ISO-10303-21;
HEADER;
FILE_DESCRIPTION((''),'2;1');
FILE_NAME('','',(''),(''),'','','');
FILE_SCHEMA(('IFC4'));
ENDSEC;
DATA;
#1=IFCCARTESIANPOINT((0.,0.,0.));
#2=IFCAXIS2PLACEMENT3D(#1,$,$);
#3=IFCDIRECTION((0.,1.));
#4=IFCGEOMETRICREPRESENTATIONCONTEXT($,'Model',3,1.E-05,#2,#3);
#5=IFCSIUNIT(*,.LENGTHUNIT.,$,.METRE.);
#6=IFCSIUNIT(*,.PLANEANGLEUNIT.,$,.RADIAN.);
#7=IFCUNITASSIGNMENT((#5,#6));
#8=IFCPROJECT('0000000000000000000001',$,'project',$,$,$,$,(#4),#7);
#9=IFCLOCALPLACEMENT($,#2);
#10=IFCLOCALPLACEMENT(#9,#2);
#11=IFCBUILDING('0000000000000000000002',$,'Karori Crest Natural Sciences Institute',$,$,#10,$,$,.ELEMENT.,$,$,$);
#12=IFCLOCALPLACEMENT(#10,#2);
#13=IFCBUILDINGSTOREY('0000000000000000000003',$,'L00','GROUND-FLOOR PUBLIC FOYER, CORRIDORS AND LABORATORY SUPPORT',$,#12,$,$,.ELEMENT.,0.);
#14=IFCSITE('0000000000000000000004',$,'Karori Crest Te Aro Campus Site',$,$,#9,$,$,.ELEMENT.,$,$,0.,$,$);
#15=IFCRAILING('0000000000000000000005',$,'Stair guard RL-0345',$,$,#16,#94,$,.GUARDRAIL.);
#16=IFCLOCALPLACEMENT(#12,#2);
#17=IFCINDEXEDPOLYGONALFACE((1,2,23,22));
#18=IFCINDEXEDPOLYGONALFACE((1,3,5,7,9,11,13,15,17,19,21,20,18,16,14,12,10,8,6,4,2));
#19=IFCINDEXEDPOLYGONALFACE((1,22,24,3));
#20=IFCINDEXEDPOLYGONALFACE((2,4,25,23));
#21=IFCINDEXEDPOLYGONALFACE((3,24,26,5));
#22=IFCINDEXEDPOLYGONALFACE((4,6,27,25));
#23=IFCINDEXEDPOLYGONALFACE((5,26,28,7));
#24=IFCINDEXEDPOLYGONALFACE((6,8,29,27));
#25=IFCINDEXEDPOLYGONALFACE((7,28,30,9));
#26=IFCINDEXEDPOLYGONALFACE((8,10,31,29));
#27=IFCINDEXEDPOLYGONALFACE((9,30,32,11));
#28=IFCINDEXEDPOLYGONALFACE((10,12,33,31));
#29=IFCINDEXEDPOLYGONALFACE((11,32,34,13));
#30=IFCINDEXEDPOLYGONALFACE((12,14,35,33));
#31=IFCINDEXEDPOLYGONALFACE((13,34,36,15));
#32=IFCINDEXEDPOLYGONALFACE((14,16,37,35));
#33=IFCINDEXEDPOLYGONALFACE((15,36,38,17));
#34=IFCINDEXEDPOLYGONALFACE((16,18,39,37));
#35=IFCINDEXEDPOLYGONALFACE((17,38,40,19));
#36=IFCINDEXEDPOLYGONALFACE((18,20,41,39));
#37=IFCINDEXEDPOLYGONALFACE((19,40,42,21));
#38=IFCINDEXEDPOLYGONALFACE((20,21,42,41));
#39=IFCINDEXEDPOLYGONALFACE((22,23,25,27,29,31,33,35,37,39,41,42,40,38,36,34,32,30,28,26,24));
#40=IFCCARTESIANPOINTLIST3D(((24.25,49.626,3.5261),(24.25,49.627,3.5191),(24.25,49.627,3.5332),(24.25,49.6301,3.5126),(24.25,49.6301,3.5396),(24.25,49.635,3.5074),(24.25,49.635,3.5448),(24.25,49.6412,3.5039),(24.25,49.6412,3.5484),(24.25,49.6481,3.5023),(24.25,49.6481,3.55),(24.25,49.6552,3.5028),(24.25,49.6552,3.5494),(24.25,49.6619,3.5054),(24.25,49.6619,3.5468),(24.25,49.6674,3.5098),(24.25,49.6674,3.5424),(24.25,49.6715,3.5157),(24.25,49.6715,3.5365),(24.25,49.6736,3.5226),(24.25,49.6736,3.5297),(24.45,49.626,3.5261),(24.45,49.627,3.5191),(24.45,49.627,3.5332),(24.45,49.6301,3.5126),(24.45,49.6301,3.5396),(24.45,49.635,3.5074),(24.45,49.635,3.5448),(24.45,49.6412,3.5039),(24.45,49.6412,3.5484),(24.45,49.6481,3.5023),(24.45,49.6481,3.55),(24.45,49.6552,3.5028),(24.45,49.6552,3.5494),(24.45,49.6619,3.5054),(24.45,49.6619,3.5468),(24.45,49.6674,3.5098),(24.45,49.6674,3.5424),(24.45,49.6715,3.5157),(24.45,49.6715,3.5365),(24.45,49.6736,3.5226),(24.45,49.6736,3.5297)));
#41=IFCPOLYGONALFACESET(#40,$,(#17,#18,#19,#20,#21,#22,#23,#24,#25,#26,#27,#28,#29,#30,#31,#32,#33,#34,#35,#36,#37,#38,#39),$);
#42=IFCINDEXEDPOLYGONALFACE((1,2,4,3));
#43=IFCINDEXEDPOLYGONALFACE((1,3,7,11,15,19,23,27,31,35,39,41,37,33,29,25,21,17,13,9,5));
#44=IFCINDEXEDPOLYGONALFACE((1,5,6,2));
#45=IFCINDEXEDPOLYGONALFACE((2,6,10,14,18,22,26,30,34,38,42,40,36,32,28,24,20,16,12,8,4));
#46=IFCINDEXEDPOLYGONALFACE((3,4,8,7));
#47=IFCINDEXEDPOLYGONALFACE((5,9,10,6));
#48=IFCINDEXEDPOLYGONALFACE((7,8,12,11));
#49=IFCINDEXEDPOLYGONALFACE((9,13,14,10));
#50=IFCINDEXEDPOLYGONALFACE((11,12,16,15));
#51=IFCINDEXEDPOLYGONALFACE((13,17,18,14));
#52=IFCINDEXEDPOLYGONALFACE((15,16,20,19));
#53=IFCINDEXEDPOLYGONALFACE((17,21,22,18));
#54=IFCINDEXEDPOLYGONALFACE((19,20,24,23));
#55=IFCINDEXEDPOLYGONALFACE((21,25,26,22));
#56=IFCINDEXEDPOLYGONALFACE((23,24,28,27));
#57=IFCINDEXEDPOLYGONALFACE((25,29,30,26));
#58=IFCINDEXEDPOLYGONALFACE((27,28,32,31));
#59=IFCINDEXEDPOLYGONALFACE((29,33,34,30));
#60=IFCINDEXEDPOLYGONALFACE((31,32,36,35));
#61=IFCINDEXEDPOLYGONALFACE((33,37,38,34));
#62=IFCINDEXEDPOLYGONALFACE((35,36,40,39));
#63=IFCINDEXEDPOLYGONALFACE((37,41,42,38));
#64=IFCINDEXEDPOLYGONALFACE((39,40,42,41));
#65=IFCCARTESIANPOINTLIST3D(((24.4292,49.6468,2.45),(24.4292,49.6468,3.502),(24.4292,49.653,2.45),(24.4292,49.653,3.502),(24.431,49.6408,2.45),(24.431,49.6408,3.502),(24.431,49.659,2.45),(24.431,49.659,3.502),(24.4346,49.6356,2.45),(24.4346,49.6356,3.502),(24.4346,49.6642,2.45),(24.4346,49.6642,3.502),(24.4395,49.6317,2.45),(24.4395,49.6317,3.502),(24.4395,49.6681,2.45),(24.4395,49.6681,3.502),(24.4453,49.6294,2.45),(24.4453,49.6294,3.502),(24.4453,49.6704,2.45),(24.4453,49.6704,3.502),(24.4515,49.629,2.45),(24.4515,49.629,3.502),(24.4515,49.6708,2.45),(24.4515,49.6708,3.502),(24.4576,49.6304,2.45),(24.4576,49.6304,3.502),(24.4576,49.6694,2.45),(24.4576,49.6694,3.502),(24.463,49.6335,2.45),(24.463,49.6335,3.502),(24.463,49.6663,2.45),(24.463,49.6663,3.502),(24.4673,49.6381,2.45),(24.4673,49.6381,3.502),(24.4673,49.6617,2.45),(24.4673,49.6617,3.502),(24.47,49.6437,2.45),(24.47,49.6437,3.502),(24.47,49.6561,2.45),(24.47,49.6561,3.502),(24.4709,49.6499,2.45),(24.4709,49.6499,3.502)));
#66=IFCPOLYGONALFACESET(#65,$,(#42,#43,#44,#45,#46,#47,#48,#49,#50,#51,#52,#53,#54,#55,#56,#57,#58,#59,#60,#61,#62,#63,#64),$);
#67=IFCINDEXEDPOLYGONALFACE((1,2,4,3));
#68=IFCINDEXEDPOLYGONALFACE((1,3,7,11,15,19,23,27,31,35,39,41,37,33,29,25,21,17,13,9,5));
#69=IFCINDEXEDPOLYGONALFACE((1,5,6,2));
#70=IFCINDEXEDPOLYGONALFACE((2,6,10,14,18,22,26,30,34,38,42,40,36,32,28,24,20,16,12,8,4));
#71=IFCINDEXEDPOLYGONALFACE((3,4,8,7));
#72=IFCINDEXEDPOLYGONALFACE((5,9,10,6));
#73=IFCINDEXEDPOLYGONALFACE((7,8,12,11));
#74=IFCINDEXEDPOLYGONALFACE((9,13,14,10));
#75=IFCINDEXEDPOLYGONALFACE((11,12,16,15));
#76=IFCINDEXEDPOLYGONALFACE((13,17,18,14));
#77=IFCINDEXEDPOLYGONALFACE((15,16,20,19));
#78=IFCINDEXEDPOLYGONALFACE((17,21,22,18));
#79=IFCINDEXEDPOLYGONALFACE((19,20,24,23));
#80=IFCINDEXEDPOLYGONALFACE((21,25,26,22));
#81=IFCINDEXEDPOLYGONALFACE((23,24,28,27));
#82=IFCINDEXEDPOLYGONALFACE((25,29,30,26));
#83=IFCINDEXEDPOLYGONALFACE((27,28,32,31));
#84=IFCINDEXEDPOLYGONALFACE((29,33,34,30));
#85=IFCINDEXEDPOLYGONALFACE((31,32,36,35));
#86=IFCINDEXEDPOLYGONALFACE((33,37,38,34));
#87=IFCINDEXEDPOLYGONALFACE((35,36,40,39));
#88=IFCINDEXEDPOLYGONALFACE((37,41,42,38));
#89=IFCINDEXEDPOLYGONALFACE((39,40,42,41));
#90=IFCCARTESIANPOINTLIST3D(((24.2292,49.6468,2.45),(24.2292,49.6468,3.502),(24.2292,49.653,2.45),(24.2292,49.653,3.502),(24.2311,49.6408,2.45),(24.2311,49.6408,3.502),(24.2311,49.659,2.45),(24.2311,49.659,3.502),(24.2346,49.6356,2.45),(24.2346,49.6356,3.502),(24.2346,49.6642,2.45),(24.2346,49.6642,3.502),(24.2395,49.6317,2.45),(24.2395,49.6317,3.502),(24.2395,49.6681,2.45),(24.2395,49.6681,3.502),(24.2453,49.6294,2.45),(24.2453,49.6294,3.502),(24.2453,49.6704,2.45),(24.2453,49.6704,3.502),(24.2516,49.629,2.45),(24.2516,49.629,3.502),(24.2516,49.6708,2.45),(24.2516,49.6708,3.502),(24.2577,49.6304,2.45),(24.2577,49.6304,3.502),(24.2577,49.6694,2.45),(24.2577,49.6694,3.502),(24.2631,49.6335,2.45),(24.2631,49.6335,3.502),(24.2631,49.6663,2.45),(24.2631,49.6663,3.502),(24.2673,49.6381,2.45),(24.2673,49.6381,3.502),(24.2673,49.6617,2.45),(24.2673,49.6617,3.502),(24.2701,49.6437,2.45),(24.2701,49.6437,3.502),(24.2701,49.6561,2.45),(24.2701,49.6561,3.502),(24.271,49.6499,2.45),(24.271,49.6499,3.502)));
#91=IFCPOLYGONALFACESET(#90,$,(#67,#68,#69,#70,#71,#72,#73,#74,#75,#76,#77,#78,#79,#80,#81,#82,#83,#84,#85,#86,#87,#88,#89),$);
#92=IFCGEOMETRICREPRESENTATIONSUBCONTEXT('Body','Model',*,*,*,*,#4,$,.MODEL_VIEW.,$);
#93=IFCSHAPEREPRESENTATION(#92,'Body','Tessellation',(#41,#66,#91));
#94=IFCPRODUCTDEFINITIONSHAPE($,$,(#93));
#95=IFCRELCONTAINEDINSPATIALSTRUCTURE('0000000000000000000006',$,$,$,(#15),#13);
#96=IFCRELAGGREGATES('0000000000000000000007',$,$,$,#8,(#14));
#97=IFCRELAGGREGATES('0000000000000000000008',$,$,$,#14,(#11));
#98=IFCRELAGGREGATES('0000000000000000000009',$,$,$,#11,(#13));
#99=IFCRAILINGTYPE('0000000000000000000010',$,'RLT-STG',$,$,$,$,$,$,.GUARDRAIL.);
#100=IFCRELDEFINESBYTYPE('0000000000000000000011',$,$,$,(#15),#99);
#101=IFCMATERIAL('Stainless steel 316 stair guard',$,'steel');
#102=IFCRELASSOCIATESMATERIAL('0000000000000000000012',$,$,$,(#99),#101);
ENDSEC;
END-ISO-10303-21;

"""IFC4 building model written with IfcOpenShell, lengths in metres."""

from ifc_helpers import new_model, si_unit, direction, frame, origin, origin_2d, place, context, subcontext, project, spatial, circle, extrude, material, type_object, element, save


model = new_model("IFC4")

# Units and contexts
model_context = context("Model", 3, precision=1e-05, world=origin(), true_north=direction((0.0, 1.0)))
body_context = subcontext(model_context, "Body", "Model", "MODEL_VIEW")
ifc_project = project(units=[si_unit("LENGTHUNIT", "METRE"), si_unit("PLANEANGLEUNIT", "RADIAN")], contexts=[model_context])

# Site, building, storey
site_placement = place(None, origin())
site = spatial("IfcSite", under=ifc_project, at=site_placement, Name="Karori Crest Te Aro Campus Site", CompositionType="ELEMENT", RefElevation=0.0)
building_placement = place(site_placement, origin())
building = spatial("IfcBuilding", under=site, at=building_placement, Name="Karori Crest Natural Sciences Institute", CompositionType="ELEMENT")
storey_placement = place(building_placement, origin())
storey = spatial("IfcBuildingStorey", under=building, at=storey_placement, Name="L00", Description="GROUND-FLOOR PUBLIC FOYER, CORRIDORS AND LABORATORY SUPPORT", CompositionType="ELEMENT", Elevation=0.0)

# Railing
ifc_material_1 = material(Name="Stainless steel 316 stair guard", Category="steel")
railing_type_1 = type_object("IfcRailingType", Name="RLT-STG", PredefinedType="GUARDRAIL", material=ifc_material_1)
railing_1_placement = place(storey_placement, frame((24.45, 49.6499, 2.45)))
element("IfcRailing", 1, at=railing_1_placement, inside=storey, type_object=railing_type_1, Name="Stair guard RL-0345", PredefinedType="GUARDRAIL", context=body_context, shape_type="SweptSolid", body=[
    extrude(circle(Radius=0.0239, at=origin_2d()), frame((0.0, 0.0, 1.0762), z_axis=(-1.0, 0.0, 0.0), x_axis=(0.0, -1.0, 0.0)), (0.0, 0.0, 1.0), 0.2),
    extrude(circle(Radius=0.021, at=origin_2d()), origin(), (0.0, 0.0, 1.0), 1.052),
    extrude(circle(Radius=0.021, at=origin_2d()), frame((-0.2, 0.0, 0.0)), (0.0, 0.0, 1.0), 1.052),
])

save(model, "model.ifc")
